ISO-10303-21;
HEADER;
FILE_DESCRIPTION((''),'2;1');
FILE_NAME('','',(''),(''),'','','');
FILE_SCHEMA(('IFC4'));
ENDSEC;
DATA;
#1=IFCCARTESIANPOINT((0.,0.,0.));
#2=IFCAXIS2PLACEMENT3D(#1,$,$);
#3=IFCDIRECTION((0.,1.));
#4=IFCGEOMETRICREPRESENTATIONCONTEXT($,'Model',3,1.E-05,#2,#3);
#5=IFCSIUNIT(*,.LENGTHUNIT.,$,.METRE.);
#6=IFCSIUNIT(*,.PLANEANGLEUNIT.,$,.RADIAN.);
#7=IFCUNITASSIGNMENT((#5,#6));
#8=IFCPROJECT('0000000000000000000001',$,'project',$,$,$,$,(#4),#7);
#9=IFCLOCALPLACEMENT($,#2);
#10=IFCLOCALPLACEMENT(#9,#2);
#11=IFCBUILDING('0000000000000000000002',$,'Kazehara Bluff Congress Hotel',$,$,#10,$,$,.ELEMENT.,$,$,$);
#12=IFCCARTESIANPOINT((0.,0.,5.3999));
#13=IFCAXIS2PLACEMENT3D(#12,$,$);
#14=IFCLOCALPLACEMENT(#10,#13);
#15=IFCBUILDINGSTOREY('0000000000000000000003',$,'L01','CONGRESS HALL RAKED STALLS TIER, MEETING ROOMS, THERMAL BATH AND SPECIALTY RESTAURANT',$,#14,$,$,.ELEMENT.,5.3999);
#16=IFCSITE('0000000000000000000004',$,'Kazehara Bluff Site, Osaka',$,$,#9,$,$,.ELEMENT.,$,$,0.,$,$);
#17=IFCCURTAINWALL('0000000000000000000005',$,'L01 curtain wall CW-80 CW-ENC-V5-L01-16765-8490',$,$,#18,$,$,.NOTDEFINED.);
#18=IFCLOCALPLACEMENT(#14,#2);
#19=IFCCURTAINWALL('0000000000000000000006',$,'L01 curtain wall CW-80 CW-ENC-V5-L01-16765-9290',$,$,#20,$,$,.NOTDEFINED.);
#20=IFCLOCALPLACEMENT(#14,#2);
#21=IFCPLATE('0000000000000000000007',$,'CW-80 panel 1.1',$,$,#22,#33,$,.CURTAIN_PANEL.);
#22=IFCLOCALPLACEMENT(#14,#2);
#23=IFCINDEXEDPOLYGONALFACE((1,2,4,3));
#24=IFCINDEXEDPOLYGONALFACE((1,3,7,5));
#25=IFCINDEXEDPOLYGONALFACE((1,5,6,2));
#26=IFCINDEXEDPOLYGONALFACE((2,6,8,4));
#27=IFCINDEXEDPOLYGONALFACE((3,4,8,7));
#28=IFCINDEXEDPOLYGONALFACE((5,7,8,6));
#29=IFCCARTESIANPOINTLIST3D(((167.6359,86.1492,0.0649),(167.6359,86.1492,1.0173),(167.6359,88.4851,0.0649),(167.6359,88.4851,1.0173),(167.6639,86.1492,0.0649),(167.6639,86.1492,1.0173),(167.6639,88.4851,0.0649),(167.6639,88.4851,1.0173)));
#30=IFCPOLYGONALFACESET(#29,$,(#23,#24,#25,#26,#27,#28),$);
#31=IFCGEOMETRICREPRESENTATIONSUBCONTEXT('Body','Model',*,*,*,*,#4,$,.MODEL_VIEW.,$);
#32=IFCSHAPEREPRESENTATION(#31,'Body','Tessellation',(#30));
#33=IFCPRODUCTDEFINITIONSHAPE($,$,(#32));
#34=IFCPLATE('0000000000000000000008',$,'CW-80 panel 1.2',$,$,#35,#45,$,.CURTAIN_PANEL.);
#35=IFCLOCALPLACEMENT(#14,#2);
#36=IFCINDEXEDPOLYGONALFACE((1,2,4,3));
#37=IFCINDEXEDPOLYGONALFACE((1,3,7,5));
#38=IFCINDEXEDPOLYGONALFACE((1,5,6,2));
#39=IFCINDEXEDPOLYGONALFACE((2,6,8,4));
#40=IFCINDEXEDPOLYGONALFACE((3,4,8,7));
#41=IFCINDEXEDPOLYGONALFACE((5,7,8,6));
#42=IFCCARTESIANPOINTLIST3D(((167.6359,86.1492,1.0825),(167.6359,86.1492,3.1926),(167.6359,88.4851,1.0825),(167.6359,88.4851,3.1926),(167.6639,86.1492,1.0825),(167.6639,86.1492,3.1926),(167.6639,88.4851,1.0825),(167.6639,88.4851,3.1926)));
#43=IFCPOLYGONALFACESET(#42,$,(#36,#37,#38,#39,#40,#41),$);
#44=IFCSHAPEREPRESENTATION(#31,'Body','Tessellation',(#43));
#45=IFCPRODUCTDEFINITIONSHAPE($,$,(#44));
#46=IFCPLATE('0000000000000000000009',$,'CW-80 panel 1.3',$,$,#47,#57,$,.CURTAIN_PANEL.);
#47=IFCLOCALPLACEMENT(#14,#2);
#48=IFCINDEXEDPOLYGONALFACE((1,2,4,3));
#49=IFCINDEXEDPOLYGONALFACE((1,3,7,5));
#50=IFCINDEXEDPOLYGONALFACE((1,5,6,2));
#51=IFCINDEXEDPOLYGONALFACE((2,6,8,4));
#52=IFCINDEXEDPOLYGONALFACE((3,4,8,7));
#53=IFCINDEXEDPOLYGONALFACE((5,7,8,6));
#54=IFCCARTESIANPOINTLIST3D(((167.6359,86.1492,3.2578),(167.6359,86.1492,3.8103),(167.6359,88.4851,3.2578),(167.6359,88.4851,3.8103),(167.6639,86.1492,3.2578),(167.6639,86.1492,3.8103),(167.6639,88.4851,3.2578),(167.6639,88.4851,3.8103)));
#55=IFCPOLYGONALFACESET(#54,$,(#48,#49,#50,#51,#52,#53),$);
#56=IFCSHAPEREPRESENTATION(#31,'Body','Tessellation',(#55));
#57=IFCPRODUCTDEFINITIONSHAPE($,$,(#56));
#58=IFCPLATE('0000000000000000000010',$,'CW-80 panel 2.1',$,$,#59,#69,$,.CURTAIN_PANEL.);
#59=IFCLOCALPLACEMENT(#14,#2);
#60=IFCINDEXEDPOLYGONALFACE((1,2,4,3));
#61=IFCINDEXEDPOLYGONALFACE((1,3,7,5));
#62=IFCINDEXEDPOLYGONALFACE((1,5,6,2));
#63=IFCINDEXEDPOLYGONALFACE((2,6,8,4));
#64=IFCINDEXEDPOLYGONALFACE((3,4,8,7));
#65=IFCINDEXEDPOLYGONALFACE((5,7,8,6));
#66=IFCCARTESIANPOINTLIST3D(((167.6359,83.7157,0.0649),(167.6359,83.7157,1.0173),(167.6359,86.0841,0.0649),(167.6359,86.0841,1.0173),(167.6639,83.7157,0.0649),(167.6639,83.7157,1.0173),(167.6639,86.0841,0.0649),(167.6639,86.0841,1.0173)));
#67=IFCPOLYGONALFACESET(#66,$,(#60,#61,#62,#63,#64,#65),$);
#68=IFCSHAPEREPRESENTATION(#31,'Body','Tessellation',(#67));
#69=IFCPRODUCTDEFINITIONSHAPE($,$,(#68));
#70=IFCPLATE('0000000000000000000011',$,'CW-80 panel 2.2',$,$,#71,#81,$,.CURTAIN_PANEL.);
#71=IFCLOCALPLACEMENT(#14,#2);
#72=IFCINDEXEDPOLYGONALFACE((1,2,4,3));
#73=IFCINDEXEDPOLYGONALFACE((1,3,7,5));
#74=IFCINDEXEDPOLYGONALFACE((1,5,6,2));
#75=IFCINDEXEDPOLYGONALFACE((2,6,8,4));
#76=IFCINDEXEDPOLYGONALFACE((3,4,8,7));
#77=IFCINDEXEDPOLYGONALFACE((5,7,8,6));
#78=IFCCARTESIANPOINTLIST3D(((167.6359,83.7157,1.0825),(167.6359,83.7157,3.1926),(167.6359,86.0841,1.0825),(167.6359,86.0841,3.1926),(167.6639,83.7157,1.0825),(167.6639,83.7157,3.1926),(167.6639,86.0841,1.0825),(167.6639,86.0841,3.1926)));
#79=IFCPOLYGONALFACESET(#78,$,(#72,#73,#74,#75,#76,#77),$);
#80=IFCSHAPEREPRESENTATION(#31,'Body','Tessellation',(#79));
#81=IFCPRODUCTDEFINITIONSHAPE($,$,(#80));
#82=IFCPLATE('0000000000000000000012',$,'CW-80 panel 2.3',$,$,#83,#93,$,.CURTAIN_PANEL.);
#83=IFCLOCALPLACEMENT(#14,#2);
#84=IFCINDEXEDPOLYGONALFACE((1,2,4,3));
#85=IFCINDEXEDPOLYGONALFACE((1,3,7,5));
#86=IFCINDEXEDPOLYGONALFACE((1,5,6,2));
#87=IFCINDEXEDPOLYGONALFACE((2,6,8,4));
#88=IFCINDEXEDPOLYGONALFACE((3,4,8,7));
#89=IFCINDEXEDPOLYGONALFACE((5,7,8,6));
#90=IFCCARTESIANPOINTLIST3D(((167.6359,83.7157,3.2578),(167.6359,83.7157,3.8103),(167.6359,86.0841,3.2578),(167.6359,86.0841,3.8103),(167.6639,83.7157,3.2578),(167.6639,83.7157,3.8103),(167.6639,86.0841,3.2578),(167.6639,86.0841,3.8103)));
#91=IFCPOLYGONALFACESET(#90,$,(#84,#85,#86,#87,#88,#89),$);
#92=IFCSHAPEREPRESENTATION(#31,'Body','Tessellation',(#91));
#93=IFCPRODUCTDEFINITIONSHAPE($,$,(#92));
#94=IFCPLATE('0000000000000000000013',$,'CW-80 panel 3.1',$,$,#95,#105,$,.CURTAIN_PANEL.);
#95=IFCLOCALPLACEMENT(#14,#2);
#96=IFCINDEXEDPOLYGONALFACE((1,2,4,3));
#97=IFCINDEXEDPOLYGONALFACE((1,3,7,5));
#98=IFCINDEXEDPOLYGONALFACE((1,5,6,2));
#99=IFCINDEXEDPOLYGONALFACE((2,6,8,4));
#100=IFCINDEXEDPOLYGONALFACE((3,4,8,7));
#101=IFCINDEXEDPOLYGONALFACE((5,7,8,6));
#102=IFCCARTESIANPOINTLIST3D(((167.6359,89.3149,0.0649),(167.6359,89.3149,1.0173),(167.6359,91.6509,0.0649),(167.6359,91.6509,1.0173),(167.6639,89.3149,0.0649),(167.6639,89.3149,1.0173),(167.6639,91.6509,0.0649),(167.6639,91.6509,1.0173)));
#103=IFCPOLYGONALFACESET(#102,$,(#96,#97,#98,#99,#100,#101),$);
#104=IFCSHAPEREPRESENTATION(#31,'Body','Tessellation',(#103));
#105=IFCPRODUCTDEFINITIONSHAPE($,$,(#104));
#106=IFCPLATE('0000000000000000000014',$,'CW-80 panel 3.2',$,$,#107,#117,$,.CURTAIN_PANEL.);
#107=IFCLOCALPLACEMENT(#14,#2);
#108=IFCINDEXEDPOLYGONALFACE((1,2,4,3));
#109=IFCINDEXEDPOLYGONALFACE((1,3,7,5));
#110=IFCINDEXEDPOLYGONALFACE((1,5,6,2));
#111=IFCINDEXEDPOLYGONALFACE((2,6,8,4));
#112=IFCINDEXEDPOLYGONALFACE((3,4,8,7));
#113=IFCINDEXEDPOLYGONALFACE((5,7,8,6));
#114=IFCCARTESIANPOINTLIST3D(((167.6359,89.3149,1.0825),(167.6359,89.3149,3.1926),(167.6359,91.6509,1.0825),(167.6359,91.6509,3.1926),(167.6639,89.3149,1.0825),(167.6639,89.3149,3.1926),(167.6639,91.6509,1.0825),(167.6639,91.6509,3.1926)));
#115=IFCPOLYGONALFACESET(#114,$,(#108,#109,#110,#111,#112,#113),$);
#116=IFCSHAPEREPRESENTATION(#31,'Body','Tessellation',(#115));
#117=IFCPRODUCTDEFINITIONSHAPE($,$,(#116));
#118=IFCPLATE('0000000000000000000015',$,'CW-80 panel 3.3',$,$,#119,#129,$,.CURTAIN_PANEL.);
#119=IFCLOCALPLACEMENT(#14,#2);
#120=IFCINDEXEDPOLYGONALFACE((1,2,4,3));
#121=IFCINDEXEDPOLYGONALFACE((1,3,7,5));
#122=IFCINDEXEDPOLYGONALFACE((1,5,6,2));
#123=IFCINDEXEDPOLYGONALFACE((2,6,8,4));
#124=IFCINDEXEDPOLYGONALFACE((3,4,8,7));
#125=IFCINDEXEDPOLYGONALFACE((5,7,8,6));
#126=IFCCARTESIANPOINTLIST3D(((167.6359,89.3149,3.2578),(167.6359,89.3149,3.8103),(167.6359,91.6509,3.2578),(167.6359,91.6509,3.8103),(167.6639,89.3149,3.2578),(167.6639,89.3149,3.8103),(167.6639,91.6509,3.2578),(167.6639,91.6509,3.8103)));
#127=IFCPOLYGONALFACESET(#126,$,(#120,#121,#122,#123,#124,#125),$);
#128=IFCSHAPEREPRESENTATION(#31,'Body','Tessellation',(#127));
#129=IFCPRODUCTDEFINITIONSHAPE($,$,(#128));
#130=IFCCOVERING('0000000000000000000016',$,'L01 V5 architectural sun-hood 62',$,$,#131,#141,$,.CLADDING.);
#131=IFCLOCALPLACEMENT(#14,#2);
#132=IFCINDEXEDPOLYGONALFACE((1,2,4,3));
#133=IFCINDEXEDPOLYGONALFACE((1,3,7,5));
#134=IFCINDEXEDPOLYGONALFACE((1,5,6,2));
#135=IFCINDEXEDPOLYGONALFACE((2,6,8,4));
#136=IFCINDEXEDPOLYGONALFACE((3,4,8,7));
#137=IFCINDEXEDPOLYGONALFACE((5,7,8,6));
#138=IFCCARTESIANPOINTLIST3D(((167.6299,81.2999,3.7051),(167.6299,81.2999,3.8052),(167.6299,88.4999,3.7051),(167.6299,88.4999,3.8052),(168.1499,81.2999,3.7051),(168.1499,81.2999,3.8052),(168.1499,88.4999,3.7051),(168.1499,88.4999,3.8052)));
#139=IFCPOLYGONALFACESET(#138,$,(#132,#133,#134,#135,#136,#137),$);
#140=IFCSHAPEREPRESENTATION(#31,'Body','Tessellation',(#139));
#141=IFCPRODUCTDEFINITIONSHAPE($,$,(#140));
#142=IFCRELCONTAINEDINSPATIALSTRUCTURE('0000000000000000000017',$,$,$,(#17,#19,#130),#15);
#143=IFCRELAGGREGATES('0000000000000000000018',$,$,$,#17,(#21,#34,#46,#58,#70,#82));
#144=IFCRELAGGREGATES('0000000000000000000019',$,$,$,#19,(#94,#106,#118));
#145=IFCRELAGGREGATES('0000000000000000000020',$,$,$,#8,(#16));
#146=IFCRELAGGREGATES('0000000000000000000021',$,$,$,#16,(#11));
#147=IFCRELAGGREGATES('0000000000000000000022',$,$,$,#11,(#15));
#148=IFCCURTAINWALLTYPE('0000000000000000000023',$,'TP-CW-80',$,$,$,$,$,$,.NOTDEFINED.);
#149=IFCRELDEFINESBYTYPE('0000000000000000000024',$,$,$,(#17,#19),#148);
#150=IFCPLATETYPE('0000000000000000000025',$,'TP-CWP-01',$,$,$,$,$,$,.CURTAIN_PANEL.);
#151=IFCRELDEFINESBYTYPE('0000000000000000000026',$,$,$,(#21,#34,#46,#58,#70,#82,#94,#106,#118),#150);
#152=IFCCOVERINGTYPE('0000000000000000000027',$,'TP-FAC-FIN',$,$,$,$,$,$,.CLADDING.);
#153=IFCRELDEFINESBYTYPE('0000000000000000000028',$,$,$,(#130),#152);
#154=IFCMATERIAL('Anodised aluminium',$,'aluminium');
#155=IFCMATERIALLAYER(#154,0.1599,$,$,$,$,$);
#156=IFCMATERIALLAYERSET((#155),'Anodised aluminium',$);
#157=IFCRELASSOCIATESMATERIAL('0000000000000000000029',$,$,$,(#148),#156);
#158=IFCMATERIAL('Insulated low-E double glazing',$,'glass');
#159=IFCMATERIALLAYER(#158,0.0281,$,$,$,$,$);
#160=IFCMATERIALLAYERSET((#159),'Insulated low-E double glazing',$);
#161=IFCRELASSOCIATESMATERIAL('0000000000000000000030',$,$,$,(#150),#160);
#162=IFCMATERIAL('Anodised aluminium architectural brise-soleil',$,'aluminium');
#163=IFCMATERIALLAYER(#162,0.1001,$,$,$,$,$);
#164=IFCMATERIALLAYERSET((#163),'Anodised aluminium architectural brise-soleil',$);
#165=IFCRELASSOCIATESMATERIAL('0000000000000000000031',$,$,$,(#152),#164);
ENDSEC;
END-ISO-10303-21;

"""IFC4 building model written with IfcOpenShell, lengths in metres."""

from ifc_helpers import new_model, si_unit, direction, frame, origin, origin_2d, place, context, subcontext, project, spatial, rectangle, extrude, material, layer, layer_set, type_object, element, aggregate, save


model = new_model("IFC4")

# Units and contexts
model_context = context("Model", 3, precision=1e-05, world=origin(), true_north=direction((0.0, 1.0)))
body_context = subcontext(model_context, "Body", "Model", "MODEL_VIEW")
ifc_project = project(units=[si_unit("LENGTHUNIT", "METRE"), si_unit("PLANEANGLEUNIT", "RADIAN")], contexts=[model_context])

# Site, building, storey
site_placement = place(None, origin())
site = spatial("IfcSite", under=ifc_project, at=site_placement, Name="Kazehara Bluff Site, Osaka", CompositionType="ELEMENT", RefElevation=0.0)
building_placement = place(site_placement, origin())
building = spatial("IfcBuilding", under=site, at=building_placement, Name="Kazehara Bluff Congress Hotel", CompositionType="ELEMENT")
storey_placement = place(building_placement, frame((0.0, 0.0, 5.3999)))
storey = spatial("IfcBuildingStorey", under=building, at=storey_placement, Name="L01", Description="CONGRESS HALL RAKED STALLS TIER, MEETING ROOMS, THERMAL BATH AND SPECIALTY RESTAURANT", CompositionType="ELEMENT", Elevation=5.3999)

# Curtain wall
ifc_material_1 = material(Name="Anodised aluminium", Category="aluminium")
ifc_layer_1 = layer(ifc_material_1, 0.1599)
ifc_layer_set_1 = layer_set([ifc_layer_1], Name="Anodised aluminium")
curtain_wall_type = type_object("IfcCurtainWallType", Name="TP-CW-80", PredefinedType="NOTDEFINED", material=ifc_layer_set_1)
curtain_wall_1_placement = place(storey_placement, origin())
curtain_wall_1 = element("IfcCurtainWall", 1, at=curtain_wall_1_placement, inside=storey, type_object=curtain_wall_type, Name="L01 curtain wall CW-80 CW-ENC-V5-L01-16765-8490", PredefinedType="NOTDEFINED")

# Curtain wall
curtain_wall_2_placement = place(storey_placement, origin())
curtain_wall_2 = element("IfcCurtainWall", 2, at=curtain_wall_2_placement, inside=storey, type_object=curtain_wall_type, Name="L01 curtain wall CW-80 CW-ENC-V5-L01-16765-9290", PredefinedType="NOTDEFINED")

# Plates
ifc_material_2 = material(Name="Insulated low-E double glazing", Category="glass")
ifc_layer_2 = layer(ifc_material_2, 0.0281)
ifc_layer_set_2 = layer_set([ifc_layer_2], Name="Insulated low-E double glazing")
plate_type = type_object("IfcPlateType", Name="TP-CWP-01", PredefinedType="CURTAIN_PANEL", material=ifc_layer_set_2)
plate_1_placement = place(storey_placement, frame((167.6499, 87.3171, 0.0649), z_axis=(0.0, 0.0, 1.0), x_axis=(0.0, -1.0, 0.0)))
plate_1 = element("IfcPlate", 3, at=plate_1_placement, type_object=plate_type, Name="CW-80 panel 1.1", PredefinedType="CURTAIN_PANEL", context=body_context, shape_type="SweptSolid", body=[
    extrude(rectangle(XDim=2.3359, YDim=0.0281, at=origin_2d()), origin(), (0.0, 0.0, 1.0), 0.9524),
])
plate_2_placement = place(storey_placement, frame((167.6499, 87.3171, 1.0825), z_axis=(0.0, 0.0, 1.0), x_axis=(0.0, -1.0, 0.0)))
plate_2 = element("IfcPlate", 4, at=plate_2_placement, type_object=plate_type, Name="CW-80 panel 1.2", PredefinedType="CURTAIN_PANEL", context=body_context, shape_type="SweptSolid", body=[
    extrude(rectangle(XDim=2.3359, YDim=0.0281, at=origin_2d()), origin(), (0.0, 0.0, 1.0), 2.1101),
])
plate_3_placement = place(storey_placement, frame((167.6499, 87.3171, 3.2578), z_axis=(0.0, 0.0, 1.0), x_axis=(0.0, -1.0, 0.0)))
plate_3 = element("IfcPlate", 5, at=plate_3_placement, type_object=plate_type, Name="CW-80 panel 1.3", PredefinedType="CURTAIN_PANEL", context=body_context, shape_type="SweptSolid", body=[
    extrude(rectangle(XDim=2.3359, YDim=0.0281, at=origin_2d()), origin(), (0.0, 0.0, 1.0), 0.5525),
])
plate_4_placement = place(storey_placement, frame((167.6499, 84.8999, 0.0649), z_axis=(0.0, 0.0, 1.0), x_axis=(0.0, -1.0, 0.0)))
plate_4 = element("IfcPlate", 6, at=plate_4_placement, type_object=plate_type, Name="CW-80 panel 2.1", PredefinedType="CURTAIN_PANEL", context=body_context, shape_type="SweptSolid", body=[
    extrude(rectangle(XDim=2.3684, YDim=0.0281, at=origin_2d()), origin(), (0.0, 0.0, 1.0), 0.9524),
])
plate_5_placement = place(storey_placement, frame((167.6499, 84.8999, 1.0825), z_axis=(0.0, 0.0, 1.0), x_axis=(0.0, -1.0, 0.0)))
plate_5 = element("IfcPlate", 7, at=plate_5_placement, type_object=plate_type, Name="CW-80 panel 2.2", PredefinedType="CURTAIN_PANEL", context=body_context, shape_type="SweptSolid", body=[
    extrude(rectangle(XDim=2.3684, YDim=0.0281, at=origin_2d()), origin(), (0.0, 0.0, 1.0), 2.1101),
])
plate_6_placement = place(storey_placement, frame((167.6499, 84.8999, 3.2578), z_axis=(0.0, 0.0, 1.0), x_axis=(0.0, -1.0, 0.0)))
plate_6 = element("IfcPlate", 8, at=plate_6_placement, type_object=plate_type, Name="CW-80 panel 2.3", PredefinedType="CURTAIN_PANEL", context=body_context, shape_type="SweptSolid", body=[
    extrude(rectangle(XDim=2.3684, YDim=0.0281, at=origin_2d()), origin(), (0.0, 0.0, 1.0), 0.5525),
])
aggregate(curtain_wall_1, [plate_1, plate_2, plate_3, plate_4, plate_5, plate_6])
plate_7_placement = place(storey_placement, frame((167.6499, 90.4829, 0.0649), z_axis=(0.0, 0.0, 1.0), x_axis=(0.0, -1.0, 0.0)))
plate_7 = element("IfcPlate", 9, at=plate_7_placement, type_object=plate_type, Name="CW-80 panel 3.1", PredefinedType="CURTAIN_PANEL", context=body_context, shape_type="SweptSolid", body=[
    extrude(rectangle(XDim=2.3359, YDim=0.0281, at=origin_2d()), origin(), (0.0, 0.0, 1.0), 0.9524),
])
plate_8_placement = place(storey_placement, frame((167.6499, 90.4829, 1.0825), z_axis=(0.0, 0.0, 1.0), x_axis=(0.0, -1.0, 0.0)))
plate_8 = element("IfcPlate", 10, at=plate_8_placement, type_object=plate_type, Name="CW-80 panel 3.2", PredefinedType="CURTAIN_PANEL", context=body_context, shape_type="SweptSolid", body=[
    extrude(rectangle(XDim=2.3359, YDim=0.0281, at=origin_2d()), origin(), (0.0, 0.0, 1.0), 2.1101),
])
plate_9_placement = place(storey_placement, frame((167.6499, 90.4829, 3.2578), z_axis=(0.0, 0.0, 1.0), x_axis=(0.0, -1.0, 0.0)))
plate_9 = element("IfcPlate", 11, at=plate_9_placement, type_object=plate_type, Name="CW-80 panel 3.3", PredefinedType="CURTAIN_PANEL", context=body_context, shape_type="SweptSolid", body=[
    extrude(rectangle(XDim=2.3359, YDim=0.0281, at=origin_2d()), origin(), (0.0, 0.0, 1.0), 0.5525),
])
aggregate(curtain_wall_2, [plate_7, plate_8, plate_9])

# Covering
ifc_material_3 = material(Name="Anodised aluminium architectural brise-soleil", Category="aluminium")
ifc_layer_3 = layer(ifc_material_3, 0.1001)
ifc_layer_set_3 = layer_set([ifc_layer_3], Name="Anodised aluminium architectural brise-soleil")
covering_type = type_object("IfcCoveringType", Name="TP-FAC-FIN", PredefinedType="CLADDING", material=ifc_layer_set_3)
covering_placement = place(storey_placement, frame((167.8899, 84.8999, 3.7051), z_axis=(0.0, 0.0, 1.0), x_axis=(1.0, 0.0, 0.0)))
element("IfcCovering", 12, at=covering_placement, inside=storey, type_object=covering_type, Name="L01 V5 architectural sun-hood 62", PredefinedType="CLADDING", context=body_context, shape_type="SweptSolid", body=[
    extrude(rectangle(XDim=0.52, YDim=7.2, at=origin_2d()), origin(), (0.0, 0.0, 1.0), 0.1001),
])

save(model, "model.ifc")
